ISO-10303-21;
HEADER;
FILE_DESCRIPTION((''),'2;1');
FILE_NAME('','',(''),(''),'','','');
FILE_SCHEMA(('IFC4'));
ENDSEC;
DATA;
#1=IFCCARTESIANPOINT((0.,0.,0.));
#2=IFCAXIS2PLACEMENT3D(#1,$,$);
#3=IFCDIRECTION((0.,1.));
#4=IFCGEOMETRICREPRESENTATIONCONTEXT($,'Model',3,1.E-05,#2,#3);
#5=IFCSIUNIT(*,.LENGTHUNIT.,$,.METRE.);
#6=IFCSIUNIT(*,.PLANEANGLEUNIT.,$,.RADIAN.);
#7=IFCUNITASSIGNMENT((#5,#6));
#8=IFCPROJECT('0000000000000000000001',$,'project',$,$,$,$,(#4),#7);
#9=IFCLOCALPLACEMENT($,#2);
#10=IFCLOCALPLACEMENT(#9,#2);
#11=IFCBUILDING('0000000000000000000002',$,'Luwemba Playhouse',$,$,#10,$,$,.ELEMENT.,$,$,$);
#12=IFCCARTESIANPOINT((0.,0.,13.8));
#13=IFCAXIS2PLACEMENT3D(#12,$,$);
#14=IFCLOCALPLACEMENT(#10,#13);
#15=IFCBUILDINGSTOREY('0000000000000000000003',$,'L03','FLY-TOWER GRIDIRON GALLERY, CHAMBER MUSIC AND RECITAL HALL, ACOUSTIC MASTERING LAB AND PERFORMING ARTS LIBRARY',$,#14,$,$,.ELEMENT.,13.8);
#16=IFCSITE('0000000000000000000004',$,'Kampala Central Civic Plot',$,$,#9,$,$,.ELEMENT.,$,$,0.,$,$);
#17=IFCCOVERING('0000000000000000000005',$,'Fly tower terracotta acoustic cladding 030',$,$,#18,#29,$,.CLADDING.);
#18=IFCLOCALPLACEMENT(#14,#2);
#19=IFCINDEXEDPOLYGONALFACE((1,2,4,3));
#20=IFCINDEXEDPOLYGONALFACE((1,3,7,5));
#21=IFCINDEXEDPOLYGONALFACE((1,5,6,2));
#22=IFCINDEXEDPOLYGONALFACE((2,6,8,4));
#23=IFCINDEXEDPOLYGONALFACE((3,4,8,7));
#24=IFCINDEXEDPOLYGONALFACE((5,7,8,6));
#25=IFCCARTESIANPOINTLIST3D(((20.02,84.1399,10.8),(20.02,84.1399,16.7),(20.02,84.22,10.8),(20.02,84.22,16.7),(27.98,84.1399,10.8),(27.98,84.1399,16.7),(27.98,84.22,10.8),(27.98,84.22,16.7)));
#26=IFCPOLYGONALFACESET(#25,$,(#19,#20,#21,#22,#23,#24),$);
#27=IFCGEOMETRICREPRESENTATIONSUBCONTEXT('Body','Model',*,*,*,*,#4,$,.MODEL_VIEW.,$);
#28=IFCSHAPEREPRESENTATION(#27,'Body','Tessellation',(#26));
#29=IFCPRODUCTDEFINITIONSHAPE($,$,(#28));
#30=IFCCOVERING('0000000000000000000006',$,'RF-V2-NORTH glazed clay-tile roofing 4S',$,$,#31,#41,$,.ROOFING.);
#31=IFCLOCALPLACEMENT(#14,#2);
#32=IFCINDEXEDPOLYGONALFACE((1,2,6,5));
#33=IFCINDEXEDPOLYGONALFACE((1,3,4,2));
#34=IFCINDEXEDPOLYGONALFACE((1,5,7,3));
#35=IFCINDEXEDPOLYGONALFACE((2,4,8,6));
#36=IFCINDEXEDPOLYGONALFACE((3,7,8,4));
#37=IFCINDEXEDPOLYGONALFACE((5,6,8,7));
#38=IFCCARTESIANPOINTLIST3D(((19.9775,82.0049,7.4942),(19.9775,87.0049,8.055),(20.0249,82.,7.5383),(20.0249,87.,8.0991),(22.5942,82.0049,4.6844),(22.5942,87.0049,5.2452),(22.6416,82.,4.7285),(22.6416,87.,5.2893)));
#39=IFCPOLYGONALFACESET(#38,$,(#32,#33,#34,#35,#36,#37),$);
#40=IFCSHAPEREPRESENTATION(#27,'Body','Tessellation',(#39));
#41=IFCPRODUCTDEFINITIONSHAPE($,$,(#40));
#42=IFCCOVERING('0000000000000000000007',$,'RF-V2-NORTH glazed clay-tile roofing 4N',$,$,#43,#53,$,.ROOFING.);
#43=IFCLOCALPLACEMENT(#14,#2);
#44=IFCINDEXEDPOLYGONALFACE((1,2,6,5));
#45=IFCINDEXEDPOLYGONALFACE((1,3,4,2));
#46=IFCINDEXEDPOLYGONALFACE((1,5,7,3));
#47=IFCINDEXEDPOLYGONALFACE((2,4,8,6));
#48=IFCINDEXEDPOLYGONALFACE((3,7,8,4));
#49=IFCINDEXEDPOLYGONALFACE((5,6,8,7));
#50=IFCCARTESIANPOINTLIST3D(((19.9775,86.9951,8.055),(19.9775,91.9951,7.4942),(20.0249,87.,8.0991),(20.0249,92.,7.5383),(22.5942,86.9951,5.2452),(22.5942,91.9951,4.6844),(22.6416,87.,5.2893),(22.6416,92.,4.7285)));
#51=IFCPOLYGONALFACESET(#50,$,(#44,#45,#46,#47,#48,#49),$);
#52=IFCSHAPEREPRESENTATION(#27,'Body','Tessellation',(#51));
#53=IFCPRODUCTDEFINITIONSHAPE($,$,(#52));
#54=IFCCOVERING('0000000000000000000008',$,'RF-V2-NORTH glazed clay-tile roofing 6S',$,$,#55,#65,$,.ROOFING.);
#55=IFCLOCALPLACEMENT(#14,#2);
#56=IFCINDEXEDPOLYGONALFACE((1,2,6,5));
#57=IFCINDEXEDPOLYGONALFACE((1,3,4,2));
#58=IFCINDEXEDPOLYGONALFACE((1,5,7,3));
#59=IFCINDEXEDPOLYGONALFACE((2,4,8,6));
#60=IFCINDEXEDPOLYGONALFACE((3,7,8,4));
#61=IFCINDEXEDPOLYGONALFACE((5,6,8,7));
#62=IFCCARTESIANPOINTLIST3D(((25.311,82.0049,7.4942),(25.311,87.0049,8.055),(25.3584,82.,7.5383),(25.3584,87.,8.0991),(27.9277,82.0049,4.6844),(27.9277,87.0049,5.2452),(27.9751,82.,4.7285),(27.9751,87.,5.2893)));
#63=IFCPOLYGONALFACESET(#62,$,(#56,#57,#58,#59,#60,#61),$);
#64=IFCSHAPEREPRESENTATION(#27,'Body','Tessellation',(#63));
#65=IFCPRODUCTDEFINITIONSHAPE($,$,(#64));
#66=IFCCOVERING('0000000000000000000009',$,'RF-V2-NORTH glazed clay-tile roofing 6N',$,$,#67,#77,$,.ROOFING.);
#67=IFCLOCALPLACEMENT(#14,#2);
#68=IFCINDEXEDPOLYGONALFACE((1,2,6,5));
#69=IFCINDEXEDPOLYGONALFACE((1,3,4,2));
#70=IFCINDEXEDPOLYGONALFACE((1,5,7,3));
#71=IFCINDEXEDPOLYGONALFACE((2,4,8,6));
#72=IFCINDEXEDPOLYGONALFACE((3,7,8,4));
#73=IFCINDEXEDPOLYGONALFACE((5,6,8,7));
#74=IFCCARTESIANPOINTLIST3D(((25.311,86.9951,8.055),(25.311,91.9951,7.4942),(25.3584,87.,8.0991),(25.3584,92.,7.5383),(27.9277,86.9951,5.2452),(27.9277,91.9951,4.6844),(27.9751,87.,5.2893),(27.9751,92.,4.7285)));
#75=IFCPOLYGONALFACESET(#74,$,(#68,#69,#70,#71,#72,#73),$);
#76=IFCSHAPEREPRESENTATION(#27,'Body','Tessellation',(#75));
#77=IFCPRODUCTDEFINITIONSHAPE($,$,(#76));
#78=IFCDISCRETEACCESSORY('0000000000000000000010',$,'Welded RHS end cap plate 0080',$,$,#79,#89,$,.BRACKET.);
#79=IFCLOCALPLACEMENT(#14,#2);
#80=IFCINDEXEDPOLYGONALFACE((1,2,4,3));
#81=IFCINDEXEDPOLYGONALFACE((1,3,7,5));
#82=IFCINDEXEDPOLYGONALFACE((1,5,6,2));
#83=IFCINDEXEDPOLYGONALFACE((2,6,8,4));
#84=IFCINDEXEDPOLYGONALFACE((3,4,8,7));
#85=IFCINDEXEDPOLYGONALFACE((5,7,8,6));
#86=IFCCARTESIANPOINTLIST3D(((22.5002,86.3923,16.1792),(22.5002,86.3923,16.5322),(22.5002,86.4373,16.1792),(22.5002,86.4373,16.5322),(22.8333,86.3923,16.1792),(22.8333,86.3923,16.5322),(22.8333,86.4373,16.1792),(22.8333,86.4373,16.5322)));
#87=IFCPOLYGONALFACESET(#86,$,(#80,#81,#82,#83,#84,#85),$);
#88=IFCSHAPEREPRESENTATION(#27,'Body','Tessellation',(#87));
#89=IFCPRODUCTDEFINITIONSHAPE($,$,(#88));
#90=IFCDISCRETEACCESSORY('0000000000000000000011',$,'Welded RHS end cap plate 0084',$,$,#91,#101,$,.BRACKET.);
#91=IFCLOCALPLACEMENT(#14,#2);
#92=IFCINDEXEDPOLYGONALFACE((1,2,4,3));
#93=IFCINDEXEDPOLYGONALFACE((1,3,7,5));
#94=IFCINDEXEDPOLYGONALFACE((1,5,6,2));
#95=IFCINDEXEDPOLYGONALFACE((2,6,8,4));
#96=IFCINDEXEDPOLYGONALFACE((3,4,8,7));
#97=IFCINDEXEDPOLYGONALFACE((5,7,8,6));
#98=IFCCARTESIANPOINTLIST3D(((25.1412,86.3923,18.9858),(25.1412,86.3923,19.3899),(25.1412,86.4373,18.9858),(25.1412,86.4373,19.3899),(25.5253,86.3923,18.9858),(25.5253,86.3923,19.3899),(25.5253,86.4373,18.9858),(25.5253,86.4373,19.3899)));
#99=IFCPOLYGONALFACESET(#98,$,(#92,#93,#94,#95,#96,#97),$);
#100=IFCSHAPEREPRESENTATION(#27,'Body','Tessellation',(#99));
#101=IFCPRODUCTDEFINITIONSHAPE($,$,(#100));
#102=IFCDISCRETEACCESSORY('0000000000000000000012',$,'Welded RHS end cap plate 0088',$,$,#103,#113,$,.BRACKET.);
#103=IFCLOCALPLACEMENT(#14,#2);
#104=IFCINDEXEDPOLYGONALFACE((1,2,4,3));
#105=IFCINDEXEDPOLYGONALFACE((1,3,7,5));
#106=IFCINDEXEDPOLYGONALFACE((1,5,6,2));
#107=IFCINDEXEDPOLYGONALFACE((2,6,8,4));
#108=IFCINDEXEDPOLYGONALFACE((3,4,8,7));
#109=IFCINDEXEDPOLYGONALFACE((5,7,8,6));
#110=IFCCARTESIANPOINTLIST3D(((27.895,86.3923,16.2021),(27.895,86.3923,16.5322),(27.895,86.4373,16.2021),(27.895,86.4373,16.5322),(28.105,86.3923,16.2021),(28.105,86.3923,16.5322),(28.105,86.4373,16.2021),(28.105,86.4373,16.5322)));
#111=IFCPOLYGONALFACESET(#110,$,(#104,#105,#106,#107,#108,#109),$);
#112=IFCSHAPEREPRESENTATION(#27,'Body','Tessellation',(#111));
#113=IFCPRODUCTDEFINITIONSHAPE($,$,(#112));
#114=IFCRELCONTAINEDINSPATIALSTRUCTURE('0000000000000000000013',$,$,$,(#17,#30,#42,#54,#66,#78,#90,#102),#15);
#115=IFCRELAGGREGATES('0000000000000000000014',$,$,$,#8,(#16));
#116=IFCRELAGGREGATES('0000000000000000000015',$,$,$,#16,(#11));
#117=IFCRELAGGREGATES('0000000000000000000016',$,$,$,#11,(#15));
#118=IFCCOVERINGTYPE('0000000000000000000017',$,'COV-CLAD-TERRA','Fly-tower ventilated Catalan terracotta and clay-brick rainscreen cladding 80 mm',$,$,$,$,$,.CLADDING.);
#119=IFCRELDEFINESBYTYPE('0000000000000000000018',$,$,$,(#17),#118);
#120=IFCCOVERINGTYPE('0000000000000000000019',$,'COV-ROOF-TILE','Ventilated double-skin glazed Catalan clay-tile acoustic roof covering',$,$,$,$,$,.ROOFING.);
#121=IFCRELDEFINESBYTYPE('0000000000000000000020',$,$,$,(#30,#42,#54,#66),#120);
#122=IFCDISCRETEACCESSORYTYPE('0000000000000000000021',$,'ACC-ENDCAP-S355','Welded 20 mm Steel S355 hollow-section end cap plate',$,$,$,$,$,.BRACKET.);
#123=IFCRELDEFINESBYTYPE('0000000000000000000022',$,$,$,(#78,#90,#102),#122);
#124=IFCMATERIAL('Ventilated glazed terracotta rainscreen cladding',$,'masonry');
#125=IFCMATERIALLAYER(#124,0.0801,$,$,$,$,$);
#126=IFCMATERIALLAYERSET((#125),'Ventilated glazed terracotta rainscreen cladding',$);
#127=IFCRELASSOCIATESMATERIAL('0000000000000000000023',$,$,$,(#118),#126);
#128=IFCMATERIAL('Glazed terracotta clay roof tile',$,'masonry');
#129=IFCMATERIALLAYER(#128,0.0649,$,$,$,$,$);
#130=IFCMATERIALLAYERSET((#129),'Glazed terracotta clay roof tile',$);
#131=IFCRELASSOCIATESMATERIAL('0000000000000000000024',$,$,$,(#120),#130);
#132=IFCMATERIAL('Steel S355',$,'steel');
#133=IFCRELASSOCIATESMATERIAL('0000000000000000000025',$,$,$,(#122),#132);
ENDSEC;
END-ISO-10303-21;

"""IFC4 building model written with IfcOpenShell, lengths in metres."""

from ifc_helpers import new_model, si_unit, direction, frame, origin, origin_2d, place, context, subcontext, project, spatial, polyline, rectangle, outline, extrude, material, layer, layer_set, type_object, element, save


model = new_model("IFC4")

# Units and contexts
model_context = context("Model", 3, precision=1e-05, world=origin(), true_north=direction((0.0, 1.0)))
body_context = subcontext(model_context, "Body", "Model", "MODEL_VIEW")
ifc_project = project(units=[si_unit("LENGTHUNIT", "METRE"), si_unit("PLANEANGLEUNIT", "RADIAN")], contexts=[model_context])

# Site, building, storey
site_placement = place(None, origin())
site = spatial("IfcSite", under=ifc_project, at=site_placement, Name="Kampala Central Civic Plot", CompositionType="ELEMENT", RefElevation=0.0)
building_placement = place(site_placement, origin())
building = spatial("IfcBuilding", under=site, at=building_placement, Name="Luwemba Playhouse", CompositionType="ELEMENT")
storey_placement = place(building_placement, frame((0.0, 0.0, 13.8)))
storey = spatial("IfcBuildingStorey", under=building, at=storey_placement, Name="L03", Description="FLY-TOWER GRIDIRON GALLERY, CHAMBER MUSIC AND RECITAL HALL, ACOUSTIC MASTERING LAB AND PERFORMING ARTS LIBRARY", CompositionType="ELEMENT", Elevation=13.8)

# Shared definitions
ifc_material_1 = material(Name="Steel S355", Category="steel")

# Coverings
ifc_material_2 = material(Name="Ventilated glazed terracotta rainscreen cladding", Category="masonry")
ifc_layer_1 = layer(ifc_material_2, 0.0801)
ifc_layer_set_1 = layer_set([ifc_layer_1], Name="Ventilated glazed terracotta rainscreen cladding")
covering_type_1 = type_object("IfcCoveringType", Name="COV-CLAD-TERRA", Description="Fly-tower ventilated Catalan terracotta and clay-brick rainscreen cladding 80 mm", PredefinedType="CLADDING", material=ifc_layer_set_1)
covering_1_placement = place(storey_placement, frame((24.0, 84.1799, 10.8), z_axis=(0.0, 0.0, 1.0), x_axis=(1.0, 0.0, 0.0)))
element("IfcCovering", 1, at=covering_1_placement, inside=storey, type_object=covering_type_1, Name="Fly tower terracotta acoustic cladding 030", PredefinedType="CLADDING", context=body_context, shape_type="SweptSolid", body=[
    extrude(rectangle(XDim=7.96, YDim=0.0801, at=origin_2d()), origin(), (0.0, 0.0, 1.0), 5.8999),
])
ifc_material_3 = material(Name="Glazed terracotta clay roof tile", Category="masonry")
ifc_layer_2 = layer(ifc_material_3, 0.0649)
ifc_layer_set_2 = layer_set([ifc_layer_2], Name="Glazed terracotta clay roof tile")
covering_type_2 = type_object("IfcCoveringType", Name="COV-ROOF-TILE", Description="Ventilated double-skin glazed Catalan clay-tile acoustic roof covering", PredefinedType="ROOFING", material=ifc_layer_set_2)
covering_2_placement = place(storey_placement, frame((20.0249, 82.0, 7.5383), z_axis=(0.729679, -0.076215, 0.679529), x_axis=(0.681511, 0.0, -0.731808)))
element("IfcCovering", 2, at=covering_2_placement, inside=storey, type_object=covering_type_2, Name="RF-V2-NORTH glazed clay-tile roofing 4S", PredefinedType="ROOFING", context=body_context, shape_type="SweptSolid", body=[
    extrude(outline(polyline([(0.0, 0.0), (3.8396, 0.0), (3.4292, 5.0146), (-0.4104, 5.0146), (0.0, 0.0)])), origin(), (0.0, 0.0, -1.0), 0.0649),
])
covering_3_placement = place(storey_placement, frame((20.0249, 87.0, 8.0991), z_axis=(0.729679, 0.076215, 0.679529), x_axis=(0.681511, 0.0, -0.731808)))
element("IfcCovering", 3, at=covering_3_placement, inside=storey, type_object=covering_type_2, Name="RF-V2-NORTH glazed clay-tile roofing 4N", PredefinedType="ROOFING", context=body_context, shape_type="SweptSolid", body=[
    extrude(outline(polyline([(0.0, 0.0), (3.8396, 0.0), (4.2499, 5.0146), (0.4104, 5.0146), (0.0, 0.0)])), origin(), (0.0, 0.0, -1.0), 0.0649),
])
covering_4_placement = place(storey_placement, frame((25.3584, 82.0, 7.5383), z_axis=(0.729679, -0.076215, 0.679529), x_axis=(0.681511, 0.0, -0.731808)))
element("IfcCovering", 4, at=covering_4_placement, inside=storey, type_object=covering_type_2, Name="RF-V2-NORTH glazed clay-tile roofing 6S", PredefinedType="ROOFING", context=body_context, shape_type="SweptSolid", body=[
    extrude(outline(polyline([(0.0, 0.0), (3.8396, 0.0), (3.4292, 5.0146), (-0.4104, 5.0146), (0.0, 0.0)])), origin(), (0.0, 0.0, -1.0), 0.0649),
])
covering_5_placement = place(storey_placement, frame((25.3584, 87.0, 8.0991), z_axis=(0.729679, 0.076215, 0.679529), x_axis=(0.681511, 0.0, -0.731808)))
element("IfcCovering", 5, at=covering_5_placement, inside=storey, type_object=covering_type_2, Name="RF-V2-NORTH glazed clay-tile roofing 6N", PredefinedType="ROOFING", context=body_context, shape_type="SweptSolid", body=[
    extrude(outline(polyline([(0.0, 0.0), (3.8396, 0.0), (4.2499, 5.0146), (0.4104, 5.0146), (0.0, 0.0)])), origin(), (0.0, 0.0, -1.0), 0.0649),
])

# Discrete accessories
discrete_accessory_type = type_object("IfcDiscreteAccessoryType", Name="ACC-ENDCAP-S355", Description="Welded 20 mm Steel S355 hollow-section end cap plate", PredefinedType="BRACKET", material=ifc_material_1)
discrete_accessory_1_placement = place(storey_placement, frame((22.6667, 86.4148, 16.1792), z_axis=(0.0, 0.0, 1.0), x_axis=(1.0, 0.0, 0.0)))
element("IfcDiscreteAccessory", 6, at=discrete_accessory_1_placement, inside=storey, type_object=discrete_accessory_type, Name="Welded RHS end cap plate 0080", PredefinedType="BRACKET", context=body_context, shape_type="SweptSolid", body=[
    extrude(rectangle(XDim=0.333, YDim=0.0449, at=origin_2d()), origin(), (0.0, 0.0, 1.0), 0.353),
])
discrete_accessory_2_placement = place(storey_placement, frame((25.3333, 86.4148, 18.9858), z_axis=(0.0, 0.0, 1.0), x_axis=(1.0, 0.0, 0.0)))
element("IfcDiscreteAccessory", 7, at=discrete_accessory_2_placement, inside=storey, type_object=discrete_accessory_type, Name="Welded RHS end cap plate 0084", PredefinedType="BRACKET", context=body_context, shape_type="SweptSolid", body=[
    extrude(rectangle(XDim=0.384, YDim=0.0449, at=origin_2d()), origin(), (0.0, 0.0, 1.0), 0.4041),
])
discrete_accessory_3_placement = place(storey_placement, frame((28.0, 86.4148, 16.2021), z_axis=(0.0, 0.0, 1.0), x_axis=(1.0, 0.0, 0.0)))
element("IfcDiscreteAccessory", 8, at=discrete_accessory_3_placement, inside=storey, type_object=discrete_accessory_type, Name="Welded RHS end cap plate 0088", PredefinedType="BRACKET", context=body_context, shape_type="SweptSolid", body=[
    extrude(rectangle(XDim=0.21, YDim=0.0449, at=origin_2d()), origin(), (0.0, 0.0, 1.0), 0.3301),
])

save(model, "model.ifc")
